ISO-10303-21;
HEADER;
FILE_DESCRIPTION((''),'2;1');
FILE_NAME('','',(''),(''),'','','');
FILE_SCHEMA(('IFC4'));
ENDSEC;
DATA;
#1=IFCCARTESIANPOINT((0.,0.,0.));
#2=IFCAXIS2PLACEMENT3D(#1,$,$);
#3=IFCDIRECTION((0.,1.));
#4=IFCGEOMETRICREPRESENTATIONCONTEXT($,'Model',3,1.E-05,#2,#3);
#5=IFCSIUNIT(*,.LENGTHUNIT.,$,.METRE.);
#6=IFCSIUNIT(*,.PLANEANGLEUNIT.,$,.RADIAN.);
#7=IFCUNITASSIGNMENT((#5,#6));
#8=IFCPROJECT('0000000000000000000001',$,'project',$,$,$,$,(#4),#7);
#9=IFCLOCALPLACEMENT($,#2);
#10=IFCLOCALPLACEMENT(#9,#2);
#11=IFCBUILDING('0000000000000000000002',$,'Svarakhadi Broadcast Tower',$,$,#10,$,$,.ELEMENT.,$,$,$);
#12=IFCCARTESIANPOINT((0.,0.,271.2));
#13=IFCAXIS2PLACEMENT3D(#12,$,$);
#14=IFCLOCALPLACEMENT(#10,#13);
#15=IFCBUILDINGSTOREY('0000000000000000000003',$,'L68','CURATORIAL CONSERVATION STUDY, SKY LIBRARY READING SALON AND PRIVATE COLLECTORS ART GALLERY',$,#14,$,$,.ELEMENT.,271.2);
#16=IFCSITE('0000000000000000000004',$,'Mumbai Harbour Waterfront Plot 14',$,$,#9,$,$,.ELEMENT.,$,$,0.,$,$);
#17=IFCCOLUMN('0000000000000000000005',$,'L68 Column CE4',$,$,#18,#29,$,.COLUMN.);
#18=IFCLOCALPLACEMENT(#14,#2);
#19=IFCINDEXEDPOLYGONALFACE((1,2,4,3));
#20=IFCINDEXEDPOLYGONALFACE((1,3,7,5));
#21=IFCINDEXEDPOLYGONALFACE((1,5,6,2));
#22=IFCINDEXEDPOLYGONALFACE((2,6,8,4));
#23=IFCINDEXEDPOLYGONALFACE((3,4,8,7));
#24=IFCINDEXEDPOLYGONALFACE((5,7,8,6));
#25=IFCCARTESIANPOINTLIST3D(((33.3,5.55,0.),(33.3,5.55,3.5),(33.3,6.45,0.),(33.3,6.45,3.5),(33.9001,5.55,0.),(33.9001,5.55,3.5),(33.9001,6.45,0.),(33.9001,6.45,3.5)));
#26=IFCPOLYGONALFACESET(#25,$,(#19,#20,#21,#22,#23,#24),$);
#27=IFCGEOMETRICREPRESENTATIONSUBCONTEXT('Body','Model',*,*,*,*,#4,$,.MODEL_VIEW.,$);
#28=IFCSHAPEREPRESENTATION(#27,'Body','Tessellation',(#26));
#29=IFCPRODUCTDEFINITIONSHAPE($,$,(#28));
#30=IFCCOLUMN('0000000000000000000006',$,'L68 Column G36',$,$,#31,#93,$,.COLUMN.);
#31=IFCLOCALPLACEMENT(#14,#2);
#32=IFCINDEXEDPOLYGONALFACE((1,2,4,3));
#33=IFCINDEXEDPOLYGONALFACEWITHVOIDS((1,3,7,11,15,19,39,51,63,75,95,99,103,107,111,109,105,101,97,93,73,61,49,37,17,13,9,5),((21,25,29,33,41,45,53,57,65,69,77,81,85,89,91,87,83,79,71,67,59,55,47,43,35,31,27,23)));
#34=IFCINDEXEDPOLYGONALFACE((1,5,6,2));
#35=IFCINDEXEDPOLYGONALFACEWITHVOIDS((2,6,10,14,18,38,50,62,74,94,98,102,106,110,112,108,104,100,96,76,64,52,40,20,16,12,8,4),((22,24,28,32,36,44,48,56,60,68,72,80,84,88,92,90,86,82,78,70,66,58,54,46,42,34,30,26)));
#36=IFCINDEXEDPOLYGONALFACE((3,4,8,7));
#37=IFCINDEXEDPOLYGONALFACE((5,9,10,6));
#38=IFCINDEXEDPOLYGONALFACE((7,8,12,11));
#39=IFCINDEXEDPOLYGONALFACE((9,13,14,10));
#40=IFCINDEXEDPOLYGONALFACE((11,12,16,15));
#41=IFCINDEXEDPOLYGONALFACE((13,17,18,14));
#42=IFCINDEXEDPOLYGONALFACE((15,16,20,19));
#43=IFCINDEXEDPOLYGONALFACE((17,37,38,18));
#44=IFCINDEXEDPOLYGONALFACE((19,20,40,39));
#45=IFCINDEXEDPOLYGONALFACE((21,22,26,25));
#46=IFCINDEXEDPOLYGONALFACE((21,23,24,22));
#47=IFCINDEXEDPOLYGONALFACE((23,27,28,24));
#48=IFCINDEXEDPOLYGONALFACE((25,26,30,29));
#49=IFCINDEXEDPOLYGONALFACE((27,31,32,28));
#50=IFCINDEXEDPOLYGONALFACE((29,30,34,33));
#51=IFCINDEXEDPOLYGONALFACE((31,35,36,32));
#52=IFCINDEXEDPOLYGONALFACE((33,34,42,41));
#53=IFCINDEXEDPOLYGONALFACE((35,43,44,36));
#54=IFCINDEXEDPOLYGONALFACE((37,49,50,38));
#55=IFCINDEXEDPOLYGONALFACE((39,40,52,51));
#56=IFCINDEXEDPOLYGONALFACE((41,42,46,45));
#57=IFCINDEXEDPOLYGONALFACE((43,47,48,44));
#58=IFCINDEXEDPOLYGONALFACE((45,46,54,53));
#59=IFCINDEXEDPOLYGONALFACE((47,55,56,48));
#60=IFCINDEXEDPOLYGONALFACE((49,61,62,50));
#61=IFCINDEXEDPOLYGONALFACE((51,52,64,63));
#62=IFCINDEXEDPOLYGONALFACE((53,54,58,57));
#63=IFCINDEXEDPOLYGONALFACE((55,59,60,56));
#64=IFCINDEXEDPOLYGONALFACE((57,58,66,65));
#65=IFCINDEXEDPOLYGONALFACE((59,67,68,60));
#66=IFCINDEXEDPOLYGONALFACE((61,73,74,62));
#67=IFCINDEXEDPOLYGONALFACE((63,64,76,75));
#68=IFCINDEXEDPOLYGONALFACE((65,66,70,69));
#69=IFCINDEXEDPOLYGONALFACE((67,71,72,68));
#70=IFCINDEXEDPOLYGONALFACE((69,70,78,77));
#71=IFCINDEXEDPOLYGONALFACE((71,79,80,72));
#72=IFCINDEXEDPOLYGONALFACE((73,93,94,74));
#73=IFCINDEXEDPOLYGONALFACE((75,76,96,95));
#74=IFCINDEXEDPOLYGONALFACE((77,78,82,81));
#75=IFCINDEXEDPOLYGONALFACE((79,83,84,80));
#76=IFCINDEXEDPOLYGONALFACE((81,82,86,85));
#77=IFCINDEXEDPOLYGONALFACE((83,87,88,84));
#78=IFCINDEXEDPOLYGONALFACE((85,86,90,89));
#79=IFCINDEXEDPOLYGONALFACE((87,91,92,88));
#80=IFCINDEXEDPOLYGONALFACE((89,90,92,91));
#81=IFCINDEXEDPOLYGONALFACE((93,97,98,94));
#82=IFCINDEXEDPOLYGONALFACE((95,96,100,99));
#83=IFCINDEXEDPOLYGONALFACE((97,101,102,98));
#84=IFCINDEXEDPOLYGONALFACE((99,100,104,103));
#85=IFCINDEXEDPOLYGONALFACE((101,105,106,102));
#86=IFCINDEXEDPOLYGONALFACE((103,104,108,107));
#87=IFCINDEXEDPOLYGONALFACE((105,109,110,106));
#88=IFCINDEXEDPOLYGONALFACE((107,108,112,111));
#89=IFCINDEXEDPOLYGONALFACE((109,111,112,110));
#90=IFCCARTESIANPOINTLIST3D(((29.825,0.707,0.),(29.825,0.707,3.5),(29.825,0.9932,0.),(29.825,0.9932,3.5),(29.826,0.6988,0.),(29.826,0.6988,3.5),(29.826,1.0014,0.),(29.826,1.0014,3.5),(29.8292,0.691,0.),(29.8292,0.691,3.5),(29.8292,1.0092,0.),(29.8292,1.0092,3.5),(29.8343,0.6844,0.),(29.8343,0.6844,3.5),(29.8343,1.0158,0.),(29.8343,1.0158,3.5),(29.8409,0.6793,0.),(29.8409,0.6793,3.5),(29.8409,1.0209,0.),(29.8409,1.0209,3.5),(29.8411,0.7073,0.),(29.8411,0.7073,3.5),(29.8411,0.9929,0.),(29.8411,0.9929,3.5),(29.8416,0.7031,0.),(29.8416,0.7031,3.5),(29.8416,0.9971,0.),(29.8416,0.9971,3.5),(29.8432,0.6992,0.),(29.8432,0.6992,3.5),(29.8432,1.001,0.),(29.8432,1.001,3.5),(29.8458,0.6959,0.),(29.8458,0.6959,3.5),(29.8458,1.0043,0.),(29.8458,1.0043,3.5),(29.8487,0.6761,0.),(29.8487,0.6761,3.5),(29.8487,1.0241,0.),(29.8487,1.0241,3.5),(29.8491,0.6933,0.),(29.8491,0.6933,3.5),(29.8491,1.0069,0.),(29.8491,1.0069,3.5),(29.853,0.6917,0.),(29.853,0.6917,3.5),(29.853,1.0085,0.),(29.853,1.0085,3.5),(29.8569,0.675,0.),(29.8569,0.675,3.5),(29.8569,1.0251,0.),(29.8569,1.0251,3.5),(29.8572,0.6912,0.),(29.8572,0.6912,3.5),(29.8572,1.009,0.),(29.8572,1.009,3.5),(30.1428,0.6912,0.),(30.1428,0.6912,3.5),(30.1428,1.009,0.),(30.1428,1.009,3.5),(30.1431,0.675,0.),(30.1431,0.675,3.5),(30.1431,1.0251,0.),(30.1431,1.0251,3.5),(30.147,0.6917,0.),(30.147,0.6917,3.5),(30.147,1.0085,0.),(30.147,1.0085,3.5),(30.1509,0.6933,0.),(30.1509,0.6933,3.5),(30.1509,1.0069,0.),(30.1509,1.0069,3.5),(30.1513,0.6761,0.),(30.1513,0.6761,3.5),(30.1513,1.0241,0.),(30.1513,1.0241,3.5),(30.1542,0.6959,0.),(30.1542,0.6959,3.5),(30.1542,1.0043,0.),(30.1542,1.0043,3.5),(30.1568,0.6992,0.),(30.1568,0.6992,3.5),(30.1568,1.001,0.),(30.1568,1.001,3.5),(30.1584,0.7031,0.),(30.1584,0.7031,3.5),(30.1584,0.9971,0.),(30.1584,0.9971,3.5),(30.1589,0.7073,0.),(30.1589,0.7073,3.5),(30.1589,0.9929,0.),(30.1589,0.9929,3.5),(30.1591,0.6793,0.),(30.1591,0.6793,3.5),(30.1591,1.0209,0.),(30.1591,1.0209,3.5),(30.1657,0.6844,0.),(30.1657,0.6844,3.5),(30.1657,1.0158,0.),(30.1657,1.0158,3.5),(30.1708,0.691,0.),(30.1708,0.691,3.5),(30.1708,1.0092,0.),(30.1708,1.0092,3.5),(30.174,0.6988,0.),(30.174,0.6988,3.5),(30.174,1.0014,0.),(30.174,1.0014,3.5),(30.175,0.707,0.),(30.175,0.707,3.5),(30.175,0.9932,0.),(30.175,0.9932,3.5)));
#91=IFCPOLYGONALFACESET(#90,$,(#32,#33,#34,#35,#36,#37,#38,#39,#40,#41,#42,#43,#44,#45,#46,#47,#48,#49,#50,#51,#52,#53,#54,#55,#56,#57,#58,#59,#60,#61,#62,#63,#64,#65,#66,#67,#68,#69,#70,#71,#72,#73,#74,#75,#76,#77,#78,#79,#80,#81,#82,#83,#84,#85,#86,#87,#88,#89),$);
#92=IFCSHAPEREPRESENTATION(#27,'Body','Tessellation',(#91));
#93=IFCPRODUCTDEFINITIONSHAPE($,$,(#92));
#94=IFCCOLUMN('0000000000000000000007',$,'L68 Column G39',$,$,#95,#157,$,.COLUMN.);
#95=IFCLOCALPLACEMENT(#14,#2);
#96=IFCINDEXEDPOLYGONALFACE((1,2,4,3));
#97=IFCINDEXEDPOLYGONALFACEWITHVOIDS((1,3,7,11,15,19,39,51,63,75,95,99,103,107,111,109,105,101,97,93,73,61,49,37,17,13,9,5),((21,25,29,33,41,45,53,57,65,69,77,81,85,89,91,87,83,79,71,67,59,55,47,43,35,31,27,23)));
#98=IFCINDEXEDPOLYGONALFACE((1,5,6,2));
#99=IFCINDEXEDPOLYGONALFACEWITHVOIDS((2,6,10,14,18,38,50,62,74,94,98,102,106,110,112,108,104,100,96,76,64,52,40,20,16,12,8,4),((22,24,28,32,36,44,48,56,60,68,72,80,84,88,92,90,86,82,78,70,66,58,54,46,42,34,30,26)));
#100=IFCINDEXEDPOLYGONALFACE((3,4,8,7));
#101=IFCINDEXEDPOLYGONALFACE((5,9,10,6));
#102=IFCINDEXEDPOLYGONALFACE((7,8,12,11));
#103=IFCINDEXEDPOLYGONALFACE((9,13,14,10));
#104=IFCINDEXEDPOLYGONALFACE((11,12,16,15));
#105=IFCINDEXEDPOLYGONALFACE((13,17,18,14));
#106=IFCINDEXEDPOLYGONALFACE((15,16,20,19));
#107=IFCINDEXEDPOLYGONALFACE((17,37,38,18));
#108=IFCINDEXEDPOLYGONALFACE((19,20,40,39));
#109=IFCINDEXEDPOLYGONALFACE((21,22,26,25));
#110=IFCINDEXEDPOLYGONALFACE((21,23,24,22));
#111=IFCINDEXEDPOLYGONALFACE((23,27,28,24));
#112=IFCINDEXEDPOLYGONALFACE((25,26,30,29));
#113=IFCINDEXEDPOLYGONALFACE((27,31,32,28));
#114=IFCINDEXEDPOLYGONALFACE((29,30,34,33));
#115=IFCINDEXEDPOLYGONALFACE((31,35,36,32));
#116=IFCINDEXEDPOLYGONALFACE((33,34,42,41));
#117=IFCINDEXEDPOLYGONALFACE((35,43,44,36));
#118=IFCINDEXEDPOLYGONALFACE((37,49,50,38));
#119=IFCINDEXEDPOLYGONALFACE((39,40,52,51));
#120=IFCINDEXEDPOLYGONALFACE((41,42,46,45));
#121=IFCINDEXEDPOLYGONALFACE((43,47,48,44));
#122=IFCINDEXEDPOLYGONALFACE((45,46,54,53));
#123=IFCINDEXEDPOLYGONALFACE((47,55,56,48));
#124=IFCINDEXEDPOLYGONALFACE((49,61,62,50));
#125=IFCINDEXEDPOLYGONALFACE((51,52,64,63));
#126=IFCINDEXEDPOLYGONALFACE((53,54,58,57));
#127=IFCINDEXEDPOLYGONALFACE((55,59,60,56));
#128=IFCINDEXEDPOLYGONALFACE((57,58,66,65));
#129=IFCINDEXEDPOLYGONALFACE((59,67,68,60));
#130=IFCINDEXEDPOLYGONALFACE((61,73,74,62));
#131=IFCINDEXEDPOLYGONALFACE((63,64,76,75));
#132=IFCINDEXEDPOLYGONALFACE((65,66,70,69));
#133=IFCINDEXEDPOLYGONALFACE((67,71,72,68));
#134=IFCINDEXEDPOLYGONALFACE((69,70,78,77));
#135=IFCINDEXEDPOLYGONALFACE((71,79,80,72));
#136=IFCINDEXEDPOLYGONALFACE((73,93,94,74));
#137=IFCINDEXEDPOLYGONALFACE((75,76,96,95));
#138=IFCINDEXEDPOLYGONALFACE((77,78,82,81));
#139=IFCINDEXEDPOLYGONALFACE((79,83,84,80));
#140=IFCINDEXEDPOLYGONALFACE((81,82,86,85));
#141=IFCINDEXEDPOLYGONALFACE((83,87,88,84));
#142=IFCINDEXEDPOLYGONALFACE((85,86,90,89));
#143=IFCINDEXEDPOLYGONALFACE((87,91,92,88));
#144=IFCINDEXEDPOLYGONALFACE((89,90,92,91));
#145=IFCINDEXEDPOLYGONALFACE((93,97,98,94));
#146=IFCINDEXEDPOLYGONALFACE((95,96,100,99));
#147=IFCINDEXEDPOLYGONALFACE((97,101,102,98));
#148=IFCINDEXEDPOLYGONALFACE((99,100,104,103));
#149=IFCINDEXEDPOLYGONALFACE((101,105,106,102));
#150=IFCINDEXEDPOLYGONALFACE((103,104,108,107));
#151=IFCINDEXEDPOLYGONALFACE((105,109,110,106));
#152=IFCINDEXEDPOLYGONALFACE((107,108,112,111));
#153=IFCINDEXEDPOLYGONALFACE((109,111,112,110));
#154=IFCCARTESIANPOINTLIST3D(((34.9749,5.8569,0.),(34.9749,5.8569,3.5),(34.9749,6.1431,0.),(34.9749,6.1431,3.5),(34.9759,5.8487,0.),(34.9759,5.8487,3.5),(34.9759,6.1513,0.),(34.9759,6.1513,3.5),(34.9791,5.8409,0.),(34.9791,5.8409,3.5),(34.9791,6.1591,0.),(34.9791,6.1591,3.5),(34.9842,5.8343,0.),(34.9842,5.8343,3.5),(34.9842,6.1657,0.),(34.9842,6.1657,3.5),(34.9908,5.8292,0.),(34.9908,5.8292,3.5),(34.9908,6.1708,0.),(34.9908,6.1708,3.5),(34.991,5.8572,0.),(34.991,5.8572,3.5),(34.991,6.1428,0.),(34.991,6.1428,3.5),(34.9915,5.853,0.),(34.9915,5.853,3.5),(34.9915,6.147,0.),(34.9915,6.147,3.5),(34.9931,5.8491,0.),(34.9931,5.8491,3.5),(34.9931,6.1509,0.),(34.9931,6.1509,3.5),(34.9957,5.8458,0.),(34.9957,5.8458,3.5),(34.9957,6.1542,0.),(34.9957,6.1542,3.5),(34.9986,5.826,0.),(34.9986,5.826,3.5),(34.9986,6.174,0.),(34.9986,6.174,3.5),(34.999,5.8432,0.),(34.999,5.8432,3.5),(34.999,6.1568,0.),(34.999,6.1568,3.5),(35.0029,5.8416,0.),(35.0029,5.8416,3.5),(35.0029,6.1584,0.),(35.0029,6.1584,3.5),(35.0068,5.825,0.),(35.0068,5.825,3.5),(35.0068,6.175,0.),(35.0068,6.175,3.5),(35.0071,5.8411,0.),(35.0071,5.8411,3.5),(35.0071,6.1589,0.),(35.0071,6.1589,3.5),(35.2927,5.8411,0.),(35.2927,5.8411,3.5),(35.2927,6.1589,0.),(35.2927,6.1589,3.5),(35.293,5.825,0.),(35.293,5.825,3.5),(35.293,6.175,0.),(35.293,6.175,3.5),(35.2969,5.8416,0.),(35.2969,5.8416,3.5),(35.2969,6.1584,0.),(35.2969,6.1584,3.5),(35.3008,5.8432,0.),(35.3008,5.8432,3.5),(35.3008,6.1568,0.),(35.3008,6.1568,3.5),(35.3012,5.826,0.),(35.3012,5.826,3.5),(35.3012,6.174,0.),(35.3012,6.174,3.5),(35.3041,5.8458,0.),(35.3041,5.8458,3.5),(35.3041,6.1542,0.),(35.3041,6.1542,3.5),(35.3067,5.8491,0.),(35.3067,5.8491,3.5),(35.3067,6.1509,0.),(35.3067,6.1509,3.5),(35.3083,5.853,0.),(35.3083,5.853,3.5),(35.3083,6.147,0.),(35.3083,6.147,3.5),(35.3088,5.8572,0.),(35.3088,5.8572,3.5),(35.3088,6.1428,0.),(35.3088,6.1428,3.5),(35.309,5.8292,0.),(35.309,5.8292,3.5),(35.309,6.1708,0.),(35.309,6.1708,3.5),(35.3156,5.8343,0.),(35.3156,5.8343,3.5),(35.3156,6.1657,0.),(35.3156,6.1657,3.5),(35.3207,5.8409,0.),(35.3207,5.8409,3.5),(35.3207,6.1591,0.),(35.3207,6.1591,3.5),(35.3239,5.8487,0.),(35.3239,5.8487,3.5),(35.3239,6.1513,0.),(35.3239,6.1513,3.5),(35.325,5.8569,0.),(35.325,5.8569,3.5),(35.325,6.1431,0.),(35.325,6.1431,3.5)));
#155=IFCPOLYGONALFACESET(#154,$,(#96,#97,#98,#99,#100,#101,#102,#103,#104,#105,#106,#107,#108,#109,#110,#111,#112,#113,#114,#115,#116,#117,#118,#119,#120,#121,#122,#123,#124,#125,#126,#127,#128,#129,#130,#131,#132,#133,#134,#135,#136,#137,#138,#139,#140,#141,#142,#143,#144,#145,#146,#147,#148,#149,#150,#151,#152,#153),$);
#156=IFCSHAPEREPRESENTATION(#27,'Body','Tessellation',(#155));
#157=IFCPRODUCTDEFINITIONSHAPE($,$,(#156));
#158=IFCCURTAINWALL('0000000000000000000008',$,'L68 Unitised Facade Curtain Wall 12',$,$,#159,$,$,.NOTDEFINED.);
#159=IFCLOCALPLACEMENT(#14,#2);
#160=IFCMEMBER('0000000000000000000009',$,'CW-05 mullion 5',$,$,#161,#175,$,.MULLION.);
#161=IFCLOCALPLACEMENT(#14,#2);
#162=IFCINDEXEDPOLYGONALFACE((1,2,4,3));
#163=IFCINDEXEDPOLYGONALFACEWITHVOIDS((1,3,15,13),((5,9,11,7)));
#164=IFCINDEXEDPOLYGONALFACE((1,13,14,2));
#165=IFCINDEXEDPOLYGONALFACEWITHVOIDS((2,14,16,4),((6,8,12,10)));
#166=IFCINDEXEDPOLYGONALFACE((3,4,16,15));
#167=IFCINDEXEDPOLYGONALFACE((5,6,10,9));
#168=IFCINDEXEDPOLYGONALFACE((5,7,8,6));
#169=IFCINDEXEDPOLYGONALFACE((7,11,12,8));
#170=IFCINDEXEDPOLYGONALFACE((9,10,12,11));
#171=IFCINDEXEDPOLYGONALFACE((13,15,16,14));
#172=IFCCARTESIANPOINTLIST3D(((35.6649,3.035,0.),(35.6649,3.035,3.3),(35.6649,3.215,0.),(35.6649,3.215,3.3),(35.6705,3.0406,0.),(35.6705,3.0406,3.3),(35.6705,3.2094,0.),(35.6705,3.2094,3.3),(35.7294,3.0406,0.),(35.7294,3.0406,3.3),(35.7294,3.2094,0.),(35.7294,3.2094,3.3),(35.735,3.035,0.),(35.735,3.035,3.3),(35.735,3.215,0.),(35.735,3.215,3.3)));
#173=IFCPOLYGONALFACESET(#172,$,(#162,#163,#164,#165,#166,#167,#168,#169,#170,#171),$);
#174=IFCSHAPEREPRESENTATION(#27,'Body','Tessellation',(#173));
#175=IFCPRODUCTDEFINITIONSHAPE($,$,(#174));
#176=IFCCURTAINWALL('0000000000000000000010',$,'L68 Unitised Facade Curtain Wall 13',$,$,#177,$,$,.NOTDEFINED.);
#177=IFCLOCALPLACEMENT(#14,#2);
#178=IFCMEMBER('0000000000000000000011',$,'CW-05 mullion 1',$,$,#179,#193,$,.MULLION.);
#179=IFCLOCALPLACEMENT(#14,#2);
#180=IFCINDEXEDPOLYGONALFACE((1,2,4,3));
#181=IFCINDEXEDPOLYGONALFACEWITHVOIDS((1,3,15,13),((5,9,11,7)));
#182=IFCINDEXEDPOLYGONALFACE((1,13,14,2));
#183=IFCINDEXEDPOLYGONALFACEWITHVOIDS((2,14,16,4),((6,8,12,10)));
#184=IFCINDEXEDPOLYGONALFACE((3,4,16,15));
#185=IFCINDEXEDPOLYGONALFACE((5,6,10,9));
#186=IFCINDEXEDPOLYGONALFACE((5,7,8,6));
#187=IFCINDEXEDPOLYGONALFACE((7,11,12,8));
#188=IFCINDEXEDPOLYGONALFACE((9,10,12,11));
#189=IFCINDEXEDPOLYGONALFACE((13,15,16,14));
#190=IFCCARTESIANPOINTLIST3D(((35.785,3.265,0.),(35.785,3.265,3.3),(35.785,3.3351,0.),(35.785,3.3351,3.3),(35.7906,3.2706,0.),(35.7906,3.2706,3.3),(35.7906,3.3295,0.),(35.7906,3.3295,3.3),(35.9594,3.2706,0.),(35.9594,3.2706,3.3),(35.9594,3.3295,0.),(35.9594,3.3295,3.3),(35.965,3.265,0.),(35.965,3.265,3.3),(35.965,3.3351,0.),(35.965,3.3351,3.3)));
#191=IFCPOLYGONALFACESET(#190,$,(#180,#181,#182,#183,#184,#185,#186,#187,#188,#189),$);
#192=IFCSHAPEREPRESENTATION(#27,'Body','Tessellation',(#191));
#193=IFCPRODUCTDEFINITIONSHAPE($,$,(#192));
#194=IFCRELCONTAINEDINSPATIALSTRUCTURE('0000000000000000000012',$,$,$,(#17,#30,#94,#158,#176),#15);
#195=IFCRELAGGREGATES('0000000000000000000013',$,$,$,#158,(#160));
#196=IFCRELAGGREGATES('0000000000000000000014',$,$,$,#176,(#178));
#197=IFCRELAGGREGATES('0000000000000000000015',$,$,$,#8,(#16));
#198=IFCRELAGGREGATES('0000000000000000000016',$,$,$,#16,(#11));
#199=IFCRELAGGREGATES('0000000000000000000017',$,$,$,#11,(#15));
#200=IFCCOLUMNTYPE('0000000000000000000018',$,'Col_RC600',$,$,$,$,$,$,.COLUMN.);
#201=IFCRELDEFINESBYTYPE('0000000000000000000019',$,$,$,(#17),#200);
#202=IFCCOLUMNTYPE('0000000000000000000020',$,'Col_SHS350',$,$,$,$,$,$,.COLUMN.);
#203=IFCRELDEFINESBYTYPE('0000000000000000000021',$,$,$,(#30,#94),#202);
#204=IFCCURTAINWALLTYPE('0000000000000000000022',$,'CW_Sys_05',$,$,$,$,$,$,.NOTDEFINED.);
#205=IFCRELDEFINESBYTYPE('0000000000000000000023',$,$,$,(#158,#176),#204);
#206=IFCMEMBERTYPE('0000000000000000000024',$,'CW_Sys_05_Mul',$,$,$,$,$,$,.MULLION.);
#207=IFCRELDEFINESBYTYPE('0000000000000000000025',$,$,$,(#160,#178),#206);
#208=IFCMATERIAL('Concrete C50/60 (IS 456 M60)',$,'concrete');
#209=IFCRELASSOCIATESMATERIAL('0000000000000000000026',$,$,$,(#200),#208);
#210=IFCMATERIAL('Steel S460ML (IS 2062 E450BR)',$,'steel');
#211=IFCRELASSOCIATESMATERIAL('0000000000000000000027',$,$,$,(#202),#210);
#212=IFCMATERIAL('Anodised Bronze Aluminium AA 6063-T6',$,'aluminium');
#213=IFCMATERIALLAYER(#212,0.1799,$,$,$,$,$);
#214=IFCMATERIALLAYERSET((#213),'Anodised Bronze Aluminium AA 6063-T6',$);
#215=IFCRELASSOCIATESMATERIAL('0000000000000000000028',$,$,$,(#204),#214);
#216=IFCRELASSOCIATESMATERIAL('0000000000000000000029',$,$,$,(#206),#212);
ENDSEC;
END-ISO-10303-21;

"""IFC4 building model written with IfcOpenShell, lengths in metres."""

from ifc_helpers import new_model, si_unit, direction, frame, origin, origin_2d, place, context, subcontext, project, spatial, rectangle, hollow_rectangle, extrude, material, layer, layer_set, material_profile, profile_set, type_object, element, aggregate, save


model = new_model("IFC4")

# Units and contexts
model_context = context("Model", 3, precision=1e-05, world=origin(), true_north=direction((0.0, 1.0)))
body_context = subcontext(model_context, "Body", "Model", "MODEL_VIEW")
ifc_project = project(units=[si_unit("LENGTHUNIT", "METRE"), si_unit("PLANEANGLEUNIT", "RADIAN")], contexts=[model_context])

# Site, building, storey
site_placement = place(None, origin())
site = spatial("IfcSite", under=ifc_project, at=site_placement, Name="Mumbai Harbour Waterfront Plot 14", CompositionType="ELEMENT", RefElevation=0.0)
building_placement = place(site_placement, origin())
building = spatial("IfcBuilding", under=site, at=building_placement, Name="Svarakhadi Broadcast Tower", CompositionType="ELEMENT")
storey_placement = place(building_placement, frame((0.0, 0.0, 271.2)))
storey = spatial("IfcBuildingStorey", under=building, at=storey_placement, Name="L68", Description="CURATORIAL CONSERVATION STUDY, SKY LIBRARY READING SALON AND PRIVATE COLLECTORS ART GALLERY", CompositionType="ELEMENT", Elevation=271.2)

# Columns
ifc_material_1 = material(Name="Concrete C50/60 (IS 456 M60)", Category="concrete")
ifc_material_profile_1 = material_profile(ifc_material_1, rectangle(XDim=0.6001, YDim=0.8999, at=origin_2d()), Name="RC 600x900")
ifc_profile_set_1 = profile_set([ifc_material_profile_1], Name="Concrete C50/60 (IS 456 M60)")
column_type_1 = type_object("IfcColumnType", Name="Col_RC600", PredefinedType="COLUMN", material=ifc_profile_set_1)
column_placement = place(storey_placement, frame((33.6001, 6.0, 0.0), z_axis=(0.0, 0.0, 1.0), x_axis=(1.0, 0.0, 0.0)))
element("IfcColumn", 1, at=column_placement, inside=storey, type_object=column_type_1, Name="L68 Column CE4", PredefinedType="COLUMN", context=body_context, shape_type="SweptSolid", body=[
    extrude(rectangle(XDim=0.6001, YDim=0.8999, at=origin_2d()), origin(), (0.0, 0.0, 1.0), 3.5),
])
ifc_material_2 = material(Name="Steel S460ML (IS 2062 E450BR)", Category="steel")
ifc_material_profile_2 = material_profile(ifc_material_2, hollow_rectangle(XDim=0.3501, YDim=0.3501, WallThickness=0.0161, InnerFilletRadius=0.0161, OuterFilletRadius=0.032, at=origin_2d()), Name="SHS 350x350x16")
ifc_profile_set_2 = profile_set([ifc_material_profile_2], Name="Steel S460ML (IS 2062 E450BR)")
column_type_2 = type_object("IfcColumnType", Name="Col_SHS350", PredefinedType="COLUMN", material=ifc_profile_set_2)
for number, where, z_axis, x_axis, name in (
    (2, (30.0, 0.8501, 0.0), (0.0, 0.0, 1.0), (1.0, 0.0, 0.0), "L68 Column G36"),
    (3, (35.1499, 6.0, 0.0), (0.0, 0.0, 1.0), (1.0, 0.0, 0.0), "L68 Column G39"),
):
    element("IfcColumn", number, at=place(storey_placement, frame(where, z_axis=z_axis, x_axis=x_axis)), inside=storey, type_object=column_type_2, Name=name, PredefinedType="COLUMN", context=body_context, shape_type="SweptSolid", body=[
        extrude(hollow_rectangle(XDim=0.3501, YDim=0.3501, WallThickness=0.0161, InnerFilletRadius=0.0161, OuterFilletRadius=0.032, at=origin_2d()), origin(), (0.0, 0.0, 1.0), 3.5),
    ])

# Curtain wall, member
ifc_material_3 = material(Name="Anodised Bronze Aluminium AA 6063-T6", Category="aluminium")
ifc_layer_1 = layer(ifc_material_3, 0.1799)
ifc_layer_set_1 = layer_set([ifc_layer_1], Name="Anodised Bronze Aluminium AA 6063-T6")
curtain_wall_type = type_object("IfcCurtainWallType", Name="CW_Sys_05", PredefinedType="NOTDEFINED", material=ifc_layer_set_1)
curtain_wall_1_placement = place(storey_placement, origin())
curtain_wall_1 = element("IfcCurtainWall", 4, at=curtain_wall_1_placement, inside=storey, type_object=curtain_wall_type, Name="L68 Unitised Facade Curtain Wall 12", PredefinedType="NOTDEFINED")
ifc_material_profile_3 = material_profile(ifc_material_3, hollow_rectangle(XDim=0.0701, YDim=0.1799, WallThickness=0.0056, at=origin_2d()), Name="ALU MULLION 180x70x6")
ifc_profile_set_3 = profile_set([ifc_material_profile_3], Name="Anodised Bronze Aluminium AA 6063-T6")
member_type_1 = type_object("IfcMemberType", Name="CW_Sys_05_Mul", PredefinedType="MULLION", material=ifc_profile_set_3)
member_1_placement = place(storey_placement, frame((35.7, 3.125, 0.0), z_axis=(0.0, 0.0, 1.0), x_axis=(1.0, 0.0, 0.0)))
member_1 = element("IfcMember", 5, at=member_1_placement, type_object=member_type_1, Name="CW-05 mullion 5", PredefinedType="MULLION", context=body_context, shape_type="SweptSolid", body=[
    extrude(hollow_rectangle(XDim=0.0701, YDim=0.1799, WallThickness=0.0056, at=origin_2d()), origin(), (0.0, 0.0, 1.0), 3.3),
])

# Curtain wall, member
curtain_wall_2_placement = place(storey_placement, origin())
curtain_wall_2 = element("IfcCurtainWall", 6, at=curtain_wall_2_placement, inside=storey, type_object=curtain_wall_type, Name="L68 Unitised Facade Curtain Wall 13", PredefinedType="NOTDEFINED")
member_2_placement = place(storey_placement, frame((35.875, 3.3, 0.0), z_axis=(0.0, 0.0, 1.0), x_axis=(0.0, -1.0, 0.0)))
member_2 = element("IfcMember", 7, at=member_2_placement, type_object=member_type_1, Name="CW-05 mullion 1", PredefinedType="MULLION", context=body_context, shape_type="SweptSolid", body=[
    extrude(hollow_rectangle(XDim=0.0701, YDim=0.1799, WallThickness=0.0056, at=origin_2d()), origin(), (0.0, 0.0, 1.0), 3.3),
])

aggregate(curtain_wall_1, [member_1])
aggregate(curtain_wall_2, [member_2])

save(model, "model.ifc")
